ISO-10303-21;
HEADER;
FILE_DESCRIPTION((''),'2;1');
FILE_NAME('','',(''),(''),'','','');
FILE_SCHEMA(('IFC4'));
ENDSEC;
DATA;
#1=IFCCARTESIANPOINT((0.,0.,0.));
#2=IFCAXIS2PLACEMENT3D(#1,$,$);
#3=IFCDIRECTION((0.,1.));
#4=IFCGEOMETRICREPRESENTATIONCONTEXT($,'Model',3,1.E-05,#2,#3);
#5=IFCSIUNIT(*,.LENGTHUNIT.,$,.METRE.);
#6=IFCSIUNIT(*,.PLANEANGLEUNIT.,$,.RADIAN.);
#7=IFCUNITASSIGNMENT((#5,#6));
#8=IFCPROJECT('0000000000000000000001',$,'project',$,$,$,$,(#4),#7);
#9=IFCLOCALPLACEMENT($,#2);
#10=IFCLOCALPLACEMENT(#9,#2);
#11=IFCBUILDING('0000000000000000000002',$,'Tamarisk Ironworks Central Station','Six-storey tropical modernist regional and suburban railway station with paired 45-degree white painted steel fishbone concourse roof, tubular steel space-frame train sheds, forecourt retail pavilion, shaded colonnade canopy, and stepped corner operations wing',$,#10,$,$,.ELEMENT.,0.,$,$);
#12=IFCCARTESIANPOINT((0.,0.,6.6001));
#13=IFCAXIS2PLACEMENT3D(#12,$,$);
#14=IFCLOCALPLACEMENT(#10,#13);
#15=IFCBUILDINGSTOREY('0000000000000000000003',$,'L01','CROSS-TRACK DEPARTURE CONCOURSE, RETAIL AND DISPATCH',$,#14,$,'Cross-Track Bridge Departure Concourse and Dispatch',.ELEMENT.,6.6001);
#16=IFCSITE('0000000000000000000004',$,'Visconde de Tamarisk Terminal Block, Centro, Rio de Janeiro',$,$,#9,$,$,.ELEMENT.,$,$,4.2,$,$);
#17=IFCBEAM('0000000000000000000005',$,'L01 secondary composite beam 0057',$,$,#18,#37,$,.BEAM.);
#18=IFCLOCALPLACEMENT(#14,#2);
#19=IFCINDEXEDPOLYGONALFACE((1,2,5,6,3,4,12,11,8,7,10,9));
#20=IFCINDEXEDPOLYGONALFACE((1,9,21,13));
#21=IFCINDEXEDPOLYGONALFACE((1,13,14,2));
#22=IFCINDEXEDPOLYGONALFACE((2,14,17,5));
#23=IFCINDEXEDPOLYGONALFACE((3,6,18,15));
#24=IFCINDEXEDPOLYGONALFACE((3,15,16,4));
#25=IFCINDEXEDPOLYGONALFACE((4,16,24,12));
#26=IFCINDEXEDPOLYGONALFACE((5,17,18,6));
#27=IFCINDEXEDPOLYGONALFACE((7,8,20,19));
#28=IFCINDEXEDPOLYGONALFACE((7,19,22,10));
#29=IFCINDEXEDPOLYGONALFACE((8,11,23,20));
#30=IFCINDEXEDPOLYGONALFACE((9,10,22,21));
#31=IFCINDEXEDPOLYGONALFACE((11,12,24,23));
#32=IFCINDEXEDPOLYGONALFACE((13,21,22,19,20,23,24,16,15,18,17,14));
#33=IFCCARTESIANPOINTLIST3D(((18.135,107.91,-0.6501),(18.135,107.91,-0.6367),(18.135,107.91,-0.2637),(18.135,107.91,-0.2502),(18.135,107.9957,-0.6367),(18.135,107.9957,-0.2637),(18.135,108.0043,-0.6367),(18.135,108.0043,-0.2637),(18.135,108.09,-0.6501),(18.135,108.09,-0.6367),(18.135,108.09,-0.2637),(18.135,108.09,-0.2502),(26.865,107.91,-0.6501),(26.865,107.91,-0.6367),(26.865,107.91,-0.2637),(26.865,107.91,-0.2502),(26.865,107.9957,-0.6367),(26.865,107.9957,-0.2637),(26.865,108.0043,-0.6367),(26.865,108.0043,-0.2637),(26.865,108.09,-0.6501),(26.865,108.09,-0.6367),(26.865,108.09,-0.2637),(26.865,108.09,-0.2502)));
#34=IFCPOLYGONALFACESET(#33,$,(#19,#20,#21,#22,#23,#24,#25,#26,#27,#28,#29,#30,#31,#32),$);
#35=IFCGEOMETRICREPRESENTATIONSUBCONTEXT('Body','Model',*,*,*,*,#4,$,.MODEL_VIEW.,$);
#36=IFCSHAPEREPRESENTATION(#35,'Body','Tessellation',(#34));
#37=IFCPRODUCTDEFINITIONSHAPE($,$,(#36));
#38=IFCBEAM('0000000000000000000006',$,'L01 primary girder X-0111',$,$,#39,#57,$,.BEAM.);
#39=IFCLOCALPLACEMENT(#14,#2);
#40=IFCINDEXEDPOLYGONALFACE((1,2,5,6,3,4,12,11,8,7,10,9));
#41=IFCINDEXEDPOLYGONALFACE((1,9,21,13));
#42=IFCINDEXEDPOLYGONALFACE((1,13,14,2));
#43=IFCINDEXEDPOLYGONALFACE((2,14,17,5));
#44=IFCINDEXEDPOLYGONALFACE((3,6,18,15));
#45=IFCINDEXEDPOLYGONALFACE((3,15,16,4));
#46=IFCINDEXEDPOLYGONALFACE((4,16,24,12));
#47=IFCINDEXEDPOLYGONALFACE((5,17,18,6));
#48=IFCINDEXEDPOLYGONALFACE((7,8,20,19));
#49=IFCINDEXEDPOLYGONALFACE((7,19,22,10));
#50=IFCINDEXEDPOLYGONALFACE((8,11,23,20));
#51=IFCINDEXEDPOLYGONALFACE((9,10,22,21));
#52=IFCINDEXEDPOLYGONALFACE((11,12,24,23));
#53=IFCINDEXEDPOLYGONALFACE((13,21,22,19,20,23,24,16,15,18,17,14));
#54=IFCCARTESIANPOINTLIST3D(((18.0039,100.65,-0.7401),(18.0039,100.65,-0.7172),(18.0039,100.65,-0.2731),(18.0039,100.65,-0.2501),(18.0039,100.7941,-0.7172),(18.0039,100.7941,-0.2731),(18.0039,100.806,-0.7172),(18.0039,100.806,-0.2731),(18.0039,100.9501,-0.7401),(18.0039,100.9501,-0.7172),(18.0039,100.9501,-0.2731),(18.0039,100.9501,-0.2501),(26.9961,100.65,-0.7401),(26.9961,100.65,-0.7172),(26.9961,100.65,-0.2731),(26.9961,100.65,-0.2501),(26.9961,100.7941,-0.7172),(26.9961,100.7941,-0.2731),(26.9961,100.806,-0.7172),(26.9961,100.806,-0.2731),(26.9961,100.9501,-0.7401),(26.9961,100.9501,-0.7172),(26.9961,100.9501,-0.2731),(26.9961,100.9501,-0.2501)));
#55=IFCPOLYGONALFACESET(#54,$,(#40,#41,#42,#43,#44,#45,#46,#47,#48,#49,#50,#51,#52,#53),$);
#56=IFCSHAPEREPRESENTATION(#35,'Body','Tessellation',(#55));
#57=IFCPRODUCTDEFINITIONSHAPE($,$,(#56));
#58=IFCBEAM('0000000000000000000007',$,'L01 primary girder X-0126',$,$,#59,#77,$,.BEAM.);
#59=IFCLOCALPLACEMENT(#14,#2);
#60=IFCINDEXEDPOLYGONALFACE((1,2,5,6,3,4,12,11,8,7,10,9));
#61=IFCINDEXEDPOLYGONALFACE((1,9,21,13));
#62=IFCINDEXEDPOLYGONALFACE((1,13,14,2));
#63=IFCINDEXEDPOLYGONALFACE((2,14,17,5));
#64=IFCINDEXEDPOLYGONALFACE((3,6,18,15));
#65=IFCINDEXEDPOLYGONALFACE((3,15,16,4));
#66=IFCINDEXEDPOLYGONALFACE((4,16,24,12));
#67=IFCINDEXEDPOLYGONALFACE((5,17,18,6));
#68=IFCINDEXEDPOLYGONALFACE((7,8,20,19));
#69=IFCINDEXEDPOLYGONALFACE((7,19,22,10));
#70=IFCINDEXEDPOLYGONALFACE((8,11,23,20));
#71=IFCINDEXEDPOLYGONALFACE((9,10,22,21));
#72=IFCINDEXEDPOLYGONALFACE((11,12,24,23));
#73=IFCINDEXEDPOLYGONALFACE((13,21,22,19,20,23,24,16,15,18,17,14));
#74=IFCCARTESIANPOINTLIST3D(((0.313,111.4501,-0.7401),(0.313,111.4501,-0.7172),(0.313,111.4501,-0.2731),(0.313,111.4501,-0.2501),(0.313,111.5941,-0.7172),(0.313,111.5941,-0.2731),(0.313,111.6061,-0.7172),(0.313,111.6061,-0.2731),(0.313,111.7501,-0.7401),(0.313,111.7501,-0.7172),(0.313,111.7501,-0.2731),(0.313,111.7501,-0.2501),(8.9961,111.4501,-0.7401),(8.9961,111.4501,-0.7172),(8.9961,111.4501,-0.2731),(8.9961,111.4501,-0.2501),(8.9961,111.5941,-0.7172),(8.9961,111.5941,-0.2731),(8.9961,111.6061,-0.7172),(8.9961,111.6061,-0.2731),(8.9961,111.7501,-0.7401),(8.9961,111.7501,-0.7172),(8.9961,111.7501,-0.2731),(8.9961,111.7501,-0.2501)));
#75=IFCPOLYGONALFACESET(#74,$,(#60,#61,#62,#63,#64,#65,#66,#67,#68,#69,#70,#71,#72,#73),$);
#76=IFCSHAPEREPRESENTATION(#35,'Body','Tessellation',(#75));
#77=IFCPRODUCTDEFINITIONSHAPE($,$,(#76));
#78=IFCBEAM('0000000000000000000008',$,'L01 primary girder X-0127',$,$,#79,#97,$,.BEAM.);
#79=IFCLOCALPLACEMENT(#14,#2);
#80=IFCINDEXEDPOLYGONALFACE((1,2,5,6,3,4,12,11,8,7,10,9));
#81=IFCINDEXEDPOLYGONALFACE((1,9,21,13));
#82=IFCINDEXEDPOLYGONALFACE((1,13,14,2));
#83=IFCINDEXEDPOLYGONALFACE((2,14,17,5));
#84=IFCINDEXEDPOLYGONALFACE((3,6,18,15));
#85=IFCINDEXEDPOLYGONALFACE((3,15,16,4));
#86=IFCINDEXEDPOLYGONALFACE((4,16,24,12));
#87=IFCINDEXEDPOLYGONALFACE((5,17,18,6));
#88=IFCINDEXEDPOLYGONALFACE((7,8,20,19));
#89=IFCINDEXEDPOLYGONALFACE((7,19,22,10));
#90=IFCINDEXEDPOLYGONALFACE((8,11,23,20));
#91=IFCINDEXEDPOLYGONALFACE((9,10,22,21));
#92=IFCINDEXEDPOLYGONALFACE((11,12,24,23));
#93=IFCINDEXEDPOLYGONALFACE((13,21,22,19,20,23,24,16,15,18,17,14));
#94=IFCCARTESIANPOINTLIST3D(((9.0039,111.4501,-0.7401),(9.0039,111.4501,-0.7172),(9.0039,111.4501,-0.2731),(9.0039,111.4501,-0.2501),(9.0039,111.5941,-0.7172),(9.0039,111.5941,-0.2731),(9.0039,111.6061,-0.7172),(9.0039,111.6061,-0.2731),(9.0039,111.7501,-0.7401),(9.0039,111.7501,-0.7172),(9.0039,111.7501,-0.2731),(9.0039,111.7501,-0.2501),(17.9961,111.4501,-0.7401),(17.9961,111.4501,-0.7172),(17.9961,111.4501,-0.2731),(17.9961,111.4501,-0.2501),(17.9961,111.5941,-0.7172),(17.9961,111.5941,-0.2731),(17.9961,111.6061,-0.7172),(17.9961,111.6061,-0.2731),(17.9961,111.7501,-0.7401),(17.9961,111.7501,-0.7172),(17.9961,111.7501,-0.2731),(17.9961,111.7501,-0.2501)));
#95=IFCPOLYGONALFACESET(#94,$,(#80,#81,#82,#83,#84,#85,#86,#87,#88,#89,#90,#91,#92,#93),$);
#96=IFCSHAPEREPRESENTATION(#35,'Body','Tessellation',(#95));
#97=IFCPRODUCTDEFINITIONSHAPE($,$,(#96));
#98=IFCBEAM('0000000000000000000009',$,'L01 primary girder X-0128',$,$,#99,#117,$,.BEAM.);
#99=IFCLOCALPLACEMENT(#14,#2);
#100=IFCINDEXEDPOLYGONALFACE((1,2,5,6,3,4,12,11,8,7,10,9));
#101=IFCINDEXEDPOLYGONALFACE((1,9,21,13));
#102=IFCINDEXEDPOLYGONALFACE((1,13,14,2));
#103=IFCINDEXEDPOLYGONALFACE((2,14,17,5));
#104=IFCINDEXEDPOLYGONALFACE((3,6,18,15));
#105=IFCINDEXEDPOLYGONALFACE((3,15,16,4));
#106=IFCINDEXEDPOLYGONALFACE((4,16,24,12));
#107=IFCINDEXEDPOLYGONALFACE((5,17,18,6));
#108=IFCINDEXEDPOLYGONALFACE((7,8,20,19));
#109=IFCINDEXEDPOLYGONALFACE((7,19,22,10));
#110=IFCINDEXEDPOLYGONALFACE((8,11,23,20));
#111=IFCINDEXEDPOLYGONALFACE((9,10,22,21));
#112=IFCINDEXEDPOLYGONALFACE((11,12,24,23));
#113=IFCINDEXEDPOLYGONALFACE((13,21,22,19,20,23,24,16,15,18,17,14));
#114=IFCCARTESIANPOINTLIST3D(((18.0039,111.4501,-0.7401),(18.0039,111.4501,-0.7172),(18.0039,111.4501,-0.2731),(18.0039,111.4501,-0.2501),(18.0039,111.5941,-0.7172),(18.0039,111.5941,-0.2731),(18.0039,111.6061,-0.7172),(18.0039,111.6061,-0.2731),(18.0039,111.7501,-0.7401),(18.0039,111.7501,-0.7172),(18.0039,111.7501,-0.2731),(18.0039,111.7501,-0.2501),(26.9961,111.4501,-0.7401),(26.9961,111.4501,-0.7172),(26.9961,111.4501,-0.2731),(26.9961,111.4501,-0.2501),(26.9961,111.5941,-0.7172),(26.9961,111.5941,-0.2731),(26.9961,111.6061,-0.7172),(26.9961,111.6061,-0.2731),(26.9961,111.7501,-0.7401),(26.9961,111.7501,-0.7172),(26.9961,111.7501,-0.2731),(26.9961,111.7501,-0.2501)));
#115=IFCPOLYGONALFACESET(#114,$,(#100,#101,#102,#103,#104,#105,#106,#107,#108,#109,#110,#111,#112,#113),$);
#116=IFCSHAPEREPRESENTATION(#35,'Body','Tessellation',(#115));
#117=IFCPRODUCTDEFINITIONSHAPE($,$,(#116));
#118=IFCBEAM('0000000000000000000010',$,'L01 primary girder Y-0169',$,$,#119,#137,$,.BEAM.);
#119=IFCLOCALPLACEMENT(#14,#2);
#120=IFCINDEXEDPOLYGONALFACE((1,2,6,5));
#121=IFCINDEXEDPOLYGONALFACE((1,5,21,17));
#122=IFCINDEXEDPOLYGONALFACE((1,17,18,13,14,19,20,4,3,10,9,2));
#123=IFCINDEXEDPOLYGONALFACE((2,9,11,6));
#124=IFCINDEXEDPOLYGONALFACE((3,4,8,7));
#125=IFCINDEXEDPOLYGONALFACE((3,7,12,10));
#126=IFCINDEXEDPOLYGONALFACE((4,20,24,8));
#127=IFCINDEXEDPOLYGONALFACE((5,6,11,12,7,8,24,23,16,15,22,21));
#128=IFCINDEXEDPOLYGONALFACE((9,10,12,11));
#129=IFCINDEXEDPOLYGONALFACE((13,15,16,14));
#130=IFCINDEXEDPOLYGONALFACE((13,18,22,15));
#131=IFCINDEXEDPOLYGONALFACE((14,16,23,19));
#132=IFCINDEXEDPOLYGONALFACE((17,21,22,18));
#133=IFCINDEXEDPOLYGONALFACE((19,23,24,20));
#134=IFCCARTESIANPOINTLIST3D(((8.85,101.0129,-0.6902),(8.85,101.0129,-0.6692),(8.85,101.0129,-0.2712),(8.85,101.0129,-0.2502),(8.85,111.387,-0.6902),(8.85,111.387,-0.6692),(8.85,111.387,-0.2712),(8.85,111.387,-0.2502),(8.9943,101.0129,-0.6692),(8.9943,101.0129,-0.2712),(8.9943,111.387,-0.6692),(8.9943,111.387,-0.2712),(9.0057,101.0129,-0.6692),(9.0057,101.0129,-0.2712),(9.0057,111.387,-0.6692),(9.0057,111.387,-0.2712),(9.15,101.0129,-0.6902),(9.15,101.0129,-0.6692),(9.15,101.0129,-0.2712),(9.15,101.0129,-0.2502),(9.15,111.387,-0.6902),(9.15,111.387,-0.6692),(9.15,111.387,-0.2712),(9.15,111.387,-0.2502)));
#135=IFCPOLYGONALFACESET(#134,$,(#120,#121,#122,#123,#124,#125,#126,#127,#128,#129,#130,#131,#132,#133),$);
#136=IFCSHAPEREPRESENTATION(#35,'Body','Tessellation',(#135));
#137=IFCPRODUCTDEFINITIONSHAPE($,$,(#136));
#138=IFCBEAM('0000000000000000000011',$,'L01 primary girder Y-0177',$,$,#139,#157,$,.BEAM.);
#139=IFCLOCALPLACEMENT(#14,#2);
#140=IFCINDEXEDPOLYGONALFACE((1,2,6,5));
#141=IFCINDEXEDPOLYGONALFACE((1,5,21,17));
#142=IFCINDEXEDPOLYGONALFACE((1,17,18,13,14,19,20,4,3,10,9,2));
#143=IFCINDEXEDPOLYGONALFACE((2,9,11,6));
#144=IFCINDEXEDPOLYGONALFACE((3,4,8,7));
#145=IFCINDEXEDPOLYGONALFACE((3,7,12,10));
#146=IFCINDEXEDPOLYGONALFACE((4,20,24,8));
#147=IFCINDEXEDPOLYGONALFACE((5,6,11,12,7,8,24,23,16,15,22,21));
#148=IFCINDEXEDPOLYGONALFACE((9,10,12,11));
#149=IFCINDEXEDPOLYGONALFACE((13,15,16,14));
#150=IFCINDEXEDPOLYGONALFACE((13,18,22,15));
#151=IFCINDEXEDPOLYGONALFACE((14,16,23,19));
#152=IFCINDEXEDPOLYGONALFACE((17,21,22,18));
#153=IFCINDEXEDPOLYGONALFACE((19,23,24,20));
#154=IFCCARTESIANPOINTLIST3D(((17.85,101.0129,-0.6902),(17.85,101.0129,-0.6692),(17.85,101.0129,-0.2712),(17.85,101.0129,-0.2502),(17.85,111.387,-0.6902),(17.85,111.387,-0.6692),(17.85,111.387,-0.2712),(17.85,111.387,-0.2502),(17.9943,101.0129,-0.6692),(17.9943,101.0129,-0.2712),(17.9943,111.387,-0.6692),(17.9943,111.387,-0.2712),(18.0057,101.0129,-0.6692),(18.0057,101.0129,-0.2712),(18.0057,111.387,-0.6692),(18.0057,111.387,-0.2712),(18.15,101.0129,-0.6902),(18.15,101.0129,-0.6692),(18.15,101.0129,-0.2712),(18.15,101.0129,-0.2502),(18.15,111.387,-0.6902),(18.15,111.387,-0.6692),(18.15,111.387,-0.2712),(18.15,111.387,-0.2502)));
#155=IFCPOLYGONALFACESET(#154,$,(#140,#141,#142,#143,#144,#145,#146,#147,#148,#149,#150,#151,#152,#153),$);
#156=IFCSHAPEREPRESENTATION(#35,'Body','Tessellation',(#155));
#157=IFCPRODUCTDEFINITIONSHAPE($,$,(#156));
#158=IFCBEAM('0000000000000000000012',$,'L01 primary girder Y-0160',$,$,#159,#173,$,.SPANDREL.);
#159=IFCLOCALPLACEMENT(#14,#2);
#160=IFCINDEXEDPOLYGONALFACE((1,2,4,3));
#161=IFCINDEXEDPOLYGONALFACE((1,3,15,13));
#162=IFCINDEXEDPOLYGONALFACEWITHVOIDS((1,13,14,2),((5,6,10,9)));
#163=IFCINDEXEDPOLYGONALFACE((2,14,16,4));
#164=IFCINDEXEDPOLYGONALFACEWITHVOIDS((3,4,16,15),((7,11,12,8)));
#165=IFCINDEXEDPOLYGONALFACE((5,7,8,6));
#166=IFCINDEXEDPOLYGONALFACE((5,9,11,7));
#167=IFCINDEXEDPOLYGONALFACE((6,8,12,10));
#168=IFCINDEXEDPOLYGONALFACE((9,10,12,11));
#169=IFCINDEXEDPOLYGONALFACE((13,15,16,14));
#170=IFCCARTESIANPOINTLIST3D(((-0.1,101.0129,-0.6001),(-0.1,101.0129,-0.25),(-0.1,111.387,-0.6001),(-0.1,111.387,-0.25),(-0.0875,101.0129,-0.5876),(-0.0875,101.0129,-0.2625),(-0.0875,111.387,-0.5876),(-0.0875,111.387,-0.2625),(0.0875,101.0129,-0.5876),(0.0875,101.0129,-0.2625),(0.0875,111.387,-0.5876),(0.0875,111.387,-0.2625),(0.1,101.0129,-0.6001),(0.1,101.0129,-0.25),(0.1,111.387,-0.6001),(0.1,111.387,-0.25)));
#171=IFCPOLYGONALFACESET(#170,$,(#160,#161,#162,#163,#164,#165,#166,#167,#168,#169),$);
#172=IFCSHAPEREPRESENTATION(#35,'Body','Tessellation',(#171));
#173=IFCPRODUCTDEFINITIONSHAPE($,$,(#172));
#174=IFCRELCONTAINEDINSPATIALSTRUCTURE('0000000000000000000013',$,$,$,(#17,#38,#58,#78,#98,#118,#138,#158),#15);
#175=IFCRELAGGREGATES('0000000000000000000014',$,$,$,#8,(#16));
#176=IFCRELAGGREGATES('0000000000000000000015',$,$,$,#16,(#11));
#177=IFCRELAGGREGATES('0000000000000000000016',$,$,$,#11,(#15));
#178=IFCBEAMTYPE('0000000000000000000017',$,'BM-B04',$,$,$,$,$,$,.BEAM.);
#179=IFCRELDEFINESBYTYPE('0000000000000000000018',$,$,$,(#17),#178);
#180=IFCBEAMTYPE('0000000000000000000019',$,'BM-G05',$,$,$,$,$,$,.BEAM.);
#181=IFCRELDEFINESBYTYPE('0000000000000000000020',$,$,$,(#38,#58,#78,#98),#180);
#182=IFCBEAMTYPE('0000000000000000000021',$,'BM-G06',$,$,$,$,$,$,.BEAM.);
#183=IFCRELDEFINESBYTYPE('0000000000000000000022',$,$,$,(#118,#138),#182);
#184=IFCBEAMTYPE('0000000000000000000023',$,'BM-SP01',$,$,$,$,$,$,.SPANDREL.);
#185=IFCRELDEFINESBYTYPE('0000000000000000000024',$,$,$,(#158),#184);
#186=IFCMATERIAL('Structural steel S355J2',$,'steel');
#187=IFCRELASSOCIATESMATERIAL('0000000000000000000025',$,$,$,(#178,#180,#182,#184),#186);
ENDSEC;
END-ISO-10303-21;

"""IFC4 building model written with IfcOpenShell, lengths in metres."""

from ifc_helpers import new_model, si_unit, direction, frame, origin, origin_2d, place, context, subcontext, project, spatial, hollow_rectangle, i_section, extrude, material, material_profile, profile_set, type_object, element, save


model = new_model("IFC4")

# Units and contexts
model_context = context("Model", 3, precision=1e-05, world=origin(), true_north=direction((0.0, 1.0)))
body_context = subcontext(model_context, "Body", "Model", "MODEL_VIEW")
ifc_project = project(units=[si_unit("LENGTHUNIT", "METRE"), si_unit("PLANEANGLEUNIT", "RADIAN")], contexts=[model_context])

# Site, building, storey
site_placement = place(None, origin())
site = spatial("IfcSite", under=ifc_project, at=site_placement, Name="Visconde de Tamarisk Terminal Block, Centro, Rio de Janeiro", CompositionType="ELEMENT", RefElevation=4.2)
building_placement = place(site_placement, origin())
building = spatial("IfcBuilding", under=site, at=building_placement, Name="Tamarisk Ironworks Central Station", Description="Six-storey tropical modernist regional and suburban railway station with paired 45-degree white painted steel fishbone concourse roof, tubular steel space-frame train sheds, forecourt retail pavilion, shaded colonnade canopy, and stepped corner operations wing", CompositionType="ELEMENT", ElevationOfRefHeight=0.0)
storey_placement = place(building_placement, frame((0.0, 0.0, 6.6001)))
storey = spatial("IfcBuildingStorey", under=building, at=storey_placement, Name="L01", Description="CROSS-TRACK DEPARTURE CONCOURSE, RETAIL AND DISPATCH", LongName="Cross-Track Bridge Departure Concourse and Dispatch", CompositionType="ELEMENT", Elevation=6.6001)

# Shared definitions
ifc_material_1 = material(Name="Structural steel S355J2", Category="steel")

# Beams
ifc_material_profile_1 = material_profile(ifc_material_1, i_section(OverallWidth=0.1799, OverallDepth=0.3999, WebThickness=0.0085, FlangeThickness=0.0134, at=origin_2d()), Name="IPE 400")
ifc_profile_set_1 = profile_set([ifc_material_profile_1], Name="Structural steel S355J2")
beam_type_1 = type_object("IfcBeamType", Name="BM-B04", PredefinedType="BEAM", material=ifc_profile_set_1)
for number, where, z_axis, x_axis, name in (
    (1, (18.135, 108.0, -0.4502), (1.0, 0.0, 0.0), (0.0, 1.0, 0.0), "L01 secondary composite beam 0057"),
):
    element("IfcBeam", number, at=place(storey_placement, frame(where, z_axis=z_axis, x_axis=x_axis)), inside=storey, type_object=beam_type_1, Name=name, PredefinedType="BEAM", context=body_context, shape_type="SweptSolid", body=[
        extrude(i_section(OverallWidth=0.1799, OverallDepth=0.3999, WebThickness=0.0085, FlangeThickness=0.0134, at=origin_2d()), origin(), (0.0, 0.0, 1.0), 8.73),
    ])
ifc_material_profile_2 = material_profile(ifc_material_1, i_section(OverallWidth=0.3, OverallDepth=0.49, WebThickness=0.012, FlangeThickness=0.0229, at=origin_2d()), Name="HEA 500")
ifc_profile_set_2 = profile_set([ifc_material_profile_2], Name="Structural steel S355J2")
beam_type_2 = type_object("IfcBeamType", Name="BM-G05", PredefinedType="BEAM", material=ifc_profile_set_2)
beam_1_placement = place(storey_placement, frame((18.0039, 100.8, -0.4951), z_axis=(1.0, 0.0, 0.0), x_axis=(0.0, 1.0, 0.0)))
element("IfcBeam", 2, at=beam_1_placement, inside=storey, type_object=beam_type_2, Name="L01 primary girder X-0111", PredefinedType="BEAM", context=body_context, shape_type="SweptSolid", body=[
    extrude(i_section(OverallWidth=0.3, OverallDepth=0.49, WebThickness=0.012, FlangeThickness=0.0229, at=origin_2d()), origin(), (0.0, 0.0, 1.0), 8.9922),
])
beam_2_placement = place(storey_placement, frame((0.313, 111.6001, -0.4951), z_axis=(1.0, 0.0, 0.0), x_axis=(0.0, 1.0, 0.0)))
element("IfcBeam", 3, at=beam_2_placement, inside=storey, type_object=beam_type_2, Name="L01 primary girder X-0126", PredefinedType="BEAM", context=body_context, shape_type="SweptSolid", body=[
    extrude(i_section(OverallWidth=0.3, OverallDepth=0.49, WebThickness=0.012, FlangeThickness=0.0229, at=origin_2d()), origin(), (0.0, 0.0, 1.0), 8.6831),
])
for number, where, z_axis, x_axis, name in (
    (4, (9.0039, 111.6001, -0.4951), (1.0, 0.0, 0.0), (0.0, 1.0, 0.0), "L01 primary girder X-0127"),
    (5, (18.0039, 111.6001, -0.4951), (1.0, 0.0, 0.0), (0.0, 1.0, 0.0), "L01 primary girder X-0128"),
):
    element("IfcBeam", number, at=place(storey_placement, frame(where, z_axis=z_axis, x_axis=x_axis)), inside=storey, type_object=beam_type_2, Name=name, PredefinedType="BEAM", context=body_context, shape_type="SweptSolid", body=[
        extrude(i_section(OverallWidth=0.3, OverallDepth=0.49, WebThickness=0.012, FlangeThickness=0.0229, at=origin_2d()), origin(), (0.0, 0.0, 1.0), 8.9922),
    ])
ifc_material_profile_3 = material_profile(ifc_material_1, i_section(OverallWidth=0.3, OverallDepth=0.4399, WebThickness=0.0115, FlangeThickness=0.021, at=origin_2d()), Name="HEA 450")
ifc_profile_set_3 = profile_set([ifc_material_profile_3], Name="Structural steel S355J2")
beam_type_3 = type_object("IfcBeamType", Name="BM-G06", PredefinedType="BEAM", material=ifc_profile_set_3)
for number, where, z_axis, x_axis, name in (
    (6, (9.0, 101.0129, -0.4702), (0.0, 1.0, 0.0), (-1.0, 0.0, 0.0), "L01 primary girder Y-0169"),
    (7, (18.0, 101.0129, -0.4702), (0.0, 1.0, 0.0), (-1.0, 0.0, 0.0), "L01 primary girder Y-0177"),
):
    element("IfcBeam", number, at=place(storey_placement, frame(where, z_axis=z_axis, x_axis=x_axis)), inside=storey, type_object=beam_type_3, Name=name, PredefinedType="BEAM", context=body_context, shape_type="SweptSolid", body=[
        extrude(i_section(OverallWidth=0.3, OverallDepth=0.4399, WebThickness=0.0115, FlangeThickness=0.021, at=origin_2d()), origin(), (0.0, 0.0, 1.0), 10.374),
    ])
ifc_material_profile_4 = material_profile(ifc_material_1, hollow_rectangle(XDim=0.2, YDim=0.3501, WallThickness=0.0125, at=origin_2d()), Name="RHS 350x200x12.5")
ifc_profile_set_4 = profile_set([ifc_material_profile_4], Name="Structural steel S355J2")
beam_type_4 = type_object("IfcBeamType", Name="BM-SP01", PredefinedType="SPANDREL", material=ifc_profile_set_4)
beam_3_placement = place(storey_placement, frame((0.0, 101.0129, -0.425), z_axis=(0.0, 1.0, 0.0), x_axis=(-1.0, 0.0, 0.0)))
element("IfcBeam", 8, at=beam_3_placement, inside=storey, type_object=beam_type_4, Name="L01 primary girder Y-0160", PredefinedType="SPANDREL", context=body_context, shape_type="SweptSolid", body=[
    extrude(hollow_rectangle(XDim=0.2, YDim=0.3501, WallThickness=0.0125, at=origin_2d()), origin(), (0.0, 0.0, 1.0), 10.374),
])

save(model, "model.ifc")
